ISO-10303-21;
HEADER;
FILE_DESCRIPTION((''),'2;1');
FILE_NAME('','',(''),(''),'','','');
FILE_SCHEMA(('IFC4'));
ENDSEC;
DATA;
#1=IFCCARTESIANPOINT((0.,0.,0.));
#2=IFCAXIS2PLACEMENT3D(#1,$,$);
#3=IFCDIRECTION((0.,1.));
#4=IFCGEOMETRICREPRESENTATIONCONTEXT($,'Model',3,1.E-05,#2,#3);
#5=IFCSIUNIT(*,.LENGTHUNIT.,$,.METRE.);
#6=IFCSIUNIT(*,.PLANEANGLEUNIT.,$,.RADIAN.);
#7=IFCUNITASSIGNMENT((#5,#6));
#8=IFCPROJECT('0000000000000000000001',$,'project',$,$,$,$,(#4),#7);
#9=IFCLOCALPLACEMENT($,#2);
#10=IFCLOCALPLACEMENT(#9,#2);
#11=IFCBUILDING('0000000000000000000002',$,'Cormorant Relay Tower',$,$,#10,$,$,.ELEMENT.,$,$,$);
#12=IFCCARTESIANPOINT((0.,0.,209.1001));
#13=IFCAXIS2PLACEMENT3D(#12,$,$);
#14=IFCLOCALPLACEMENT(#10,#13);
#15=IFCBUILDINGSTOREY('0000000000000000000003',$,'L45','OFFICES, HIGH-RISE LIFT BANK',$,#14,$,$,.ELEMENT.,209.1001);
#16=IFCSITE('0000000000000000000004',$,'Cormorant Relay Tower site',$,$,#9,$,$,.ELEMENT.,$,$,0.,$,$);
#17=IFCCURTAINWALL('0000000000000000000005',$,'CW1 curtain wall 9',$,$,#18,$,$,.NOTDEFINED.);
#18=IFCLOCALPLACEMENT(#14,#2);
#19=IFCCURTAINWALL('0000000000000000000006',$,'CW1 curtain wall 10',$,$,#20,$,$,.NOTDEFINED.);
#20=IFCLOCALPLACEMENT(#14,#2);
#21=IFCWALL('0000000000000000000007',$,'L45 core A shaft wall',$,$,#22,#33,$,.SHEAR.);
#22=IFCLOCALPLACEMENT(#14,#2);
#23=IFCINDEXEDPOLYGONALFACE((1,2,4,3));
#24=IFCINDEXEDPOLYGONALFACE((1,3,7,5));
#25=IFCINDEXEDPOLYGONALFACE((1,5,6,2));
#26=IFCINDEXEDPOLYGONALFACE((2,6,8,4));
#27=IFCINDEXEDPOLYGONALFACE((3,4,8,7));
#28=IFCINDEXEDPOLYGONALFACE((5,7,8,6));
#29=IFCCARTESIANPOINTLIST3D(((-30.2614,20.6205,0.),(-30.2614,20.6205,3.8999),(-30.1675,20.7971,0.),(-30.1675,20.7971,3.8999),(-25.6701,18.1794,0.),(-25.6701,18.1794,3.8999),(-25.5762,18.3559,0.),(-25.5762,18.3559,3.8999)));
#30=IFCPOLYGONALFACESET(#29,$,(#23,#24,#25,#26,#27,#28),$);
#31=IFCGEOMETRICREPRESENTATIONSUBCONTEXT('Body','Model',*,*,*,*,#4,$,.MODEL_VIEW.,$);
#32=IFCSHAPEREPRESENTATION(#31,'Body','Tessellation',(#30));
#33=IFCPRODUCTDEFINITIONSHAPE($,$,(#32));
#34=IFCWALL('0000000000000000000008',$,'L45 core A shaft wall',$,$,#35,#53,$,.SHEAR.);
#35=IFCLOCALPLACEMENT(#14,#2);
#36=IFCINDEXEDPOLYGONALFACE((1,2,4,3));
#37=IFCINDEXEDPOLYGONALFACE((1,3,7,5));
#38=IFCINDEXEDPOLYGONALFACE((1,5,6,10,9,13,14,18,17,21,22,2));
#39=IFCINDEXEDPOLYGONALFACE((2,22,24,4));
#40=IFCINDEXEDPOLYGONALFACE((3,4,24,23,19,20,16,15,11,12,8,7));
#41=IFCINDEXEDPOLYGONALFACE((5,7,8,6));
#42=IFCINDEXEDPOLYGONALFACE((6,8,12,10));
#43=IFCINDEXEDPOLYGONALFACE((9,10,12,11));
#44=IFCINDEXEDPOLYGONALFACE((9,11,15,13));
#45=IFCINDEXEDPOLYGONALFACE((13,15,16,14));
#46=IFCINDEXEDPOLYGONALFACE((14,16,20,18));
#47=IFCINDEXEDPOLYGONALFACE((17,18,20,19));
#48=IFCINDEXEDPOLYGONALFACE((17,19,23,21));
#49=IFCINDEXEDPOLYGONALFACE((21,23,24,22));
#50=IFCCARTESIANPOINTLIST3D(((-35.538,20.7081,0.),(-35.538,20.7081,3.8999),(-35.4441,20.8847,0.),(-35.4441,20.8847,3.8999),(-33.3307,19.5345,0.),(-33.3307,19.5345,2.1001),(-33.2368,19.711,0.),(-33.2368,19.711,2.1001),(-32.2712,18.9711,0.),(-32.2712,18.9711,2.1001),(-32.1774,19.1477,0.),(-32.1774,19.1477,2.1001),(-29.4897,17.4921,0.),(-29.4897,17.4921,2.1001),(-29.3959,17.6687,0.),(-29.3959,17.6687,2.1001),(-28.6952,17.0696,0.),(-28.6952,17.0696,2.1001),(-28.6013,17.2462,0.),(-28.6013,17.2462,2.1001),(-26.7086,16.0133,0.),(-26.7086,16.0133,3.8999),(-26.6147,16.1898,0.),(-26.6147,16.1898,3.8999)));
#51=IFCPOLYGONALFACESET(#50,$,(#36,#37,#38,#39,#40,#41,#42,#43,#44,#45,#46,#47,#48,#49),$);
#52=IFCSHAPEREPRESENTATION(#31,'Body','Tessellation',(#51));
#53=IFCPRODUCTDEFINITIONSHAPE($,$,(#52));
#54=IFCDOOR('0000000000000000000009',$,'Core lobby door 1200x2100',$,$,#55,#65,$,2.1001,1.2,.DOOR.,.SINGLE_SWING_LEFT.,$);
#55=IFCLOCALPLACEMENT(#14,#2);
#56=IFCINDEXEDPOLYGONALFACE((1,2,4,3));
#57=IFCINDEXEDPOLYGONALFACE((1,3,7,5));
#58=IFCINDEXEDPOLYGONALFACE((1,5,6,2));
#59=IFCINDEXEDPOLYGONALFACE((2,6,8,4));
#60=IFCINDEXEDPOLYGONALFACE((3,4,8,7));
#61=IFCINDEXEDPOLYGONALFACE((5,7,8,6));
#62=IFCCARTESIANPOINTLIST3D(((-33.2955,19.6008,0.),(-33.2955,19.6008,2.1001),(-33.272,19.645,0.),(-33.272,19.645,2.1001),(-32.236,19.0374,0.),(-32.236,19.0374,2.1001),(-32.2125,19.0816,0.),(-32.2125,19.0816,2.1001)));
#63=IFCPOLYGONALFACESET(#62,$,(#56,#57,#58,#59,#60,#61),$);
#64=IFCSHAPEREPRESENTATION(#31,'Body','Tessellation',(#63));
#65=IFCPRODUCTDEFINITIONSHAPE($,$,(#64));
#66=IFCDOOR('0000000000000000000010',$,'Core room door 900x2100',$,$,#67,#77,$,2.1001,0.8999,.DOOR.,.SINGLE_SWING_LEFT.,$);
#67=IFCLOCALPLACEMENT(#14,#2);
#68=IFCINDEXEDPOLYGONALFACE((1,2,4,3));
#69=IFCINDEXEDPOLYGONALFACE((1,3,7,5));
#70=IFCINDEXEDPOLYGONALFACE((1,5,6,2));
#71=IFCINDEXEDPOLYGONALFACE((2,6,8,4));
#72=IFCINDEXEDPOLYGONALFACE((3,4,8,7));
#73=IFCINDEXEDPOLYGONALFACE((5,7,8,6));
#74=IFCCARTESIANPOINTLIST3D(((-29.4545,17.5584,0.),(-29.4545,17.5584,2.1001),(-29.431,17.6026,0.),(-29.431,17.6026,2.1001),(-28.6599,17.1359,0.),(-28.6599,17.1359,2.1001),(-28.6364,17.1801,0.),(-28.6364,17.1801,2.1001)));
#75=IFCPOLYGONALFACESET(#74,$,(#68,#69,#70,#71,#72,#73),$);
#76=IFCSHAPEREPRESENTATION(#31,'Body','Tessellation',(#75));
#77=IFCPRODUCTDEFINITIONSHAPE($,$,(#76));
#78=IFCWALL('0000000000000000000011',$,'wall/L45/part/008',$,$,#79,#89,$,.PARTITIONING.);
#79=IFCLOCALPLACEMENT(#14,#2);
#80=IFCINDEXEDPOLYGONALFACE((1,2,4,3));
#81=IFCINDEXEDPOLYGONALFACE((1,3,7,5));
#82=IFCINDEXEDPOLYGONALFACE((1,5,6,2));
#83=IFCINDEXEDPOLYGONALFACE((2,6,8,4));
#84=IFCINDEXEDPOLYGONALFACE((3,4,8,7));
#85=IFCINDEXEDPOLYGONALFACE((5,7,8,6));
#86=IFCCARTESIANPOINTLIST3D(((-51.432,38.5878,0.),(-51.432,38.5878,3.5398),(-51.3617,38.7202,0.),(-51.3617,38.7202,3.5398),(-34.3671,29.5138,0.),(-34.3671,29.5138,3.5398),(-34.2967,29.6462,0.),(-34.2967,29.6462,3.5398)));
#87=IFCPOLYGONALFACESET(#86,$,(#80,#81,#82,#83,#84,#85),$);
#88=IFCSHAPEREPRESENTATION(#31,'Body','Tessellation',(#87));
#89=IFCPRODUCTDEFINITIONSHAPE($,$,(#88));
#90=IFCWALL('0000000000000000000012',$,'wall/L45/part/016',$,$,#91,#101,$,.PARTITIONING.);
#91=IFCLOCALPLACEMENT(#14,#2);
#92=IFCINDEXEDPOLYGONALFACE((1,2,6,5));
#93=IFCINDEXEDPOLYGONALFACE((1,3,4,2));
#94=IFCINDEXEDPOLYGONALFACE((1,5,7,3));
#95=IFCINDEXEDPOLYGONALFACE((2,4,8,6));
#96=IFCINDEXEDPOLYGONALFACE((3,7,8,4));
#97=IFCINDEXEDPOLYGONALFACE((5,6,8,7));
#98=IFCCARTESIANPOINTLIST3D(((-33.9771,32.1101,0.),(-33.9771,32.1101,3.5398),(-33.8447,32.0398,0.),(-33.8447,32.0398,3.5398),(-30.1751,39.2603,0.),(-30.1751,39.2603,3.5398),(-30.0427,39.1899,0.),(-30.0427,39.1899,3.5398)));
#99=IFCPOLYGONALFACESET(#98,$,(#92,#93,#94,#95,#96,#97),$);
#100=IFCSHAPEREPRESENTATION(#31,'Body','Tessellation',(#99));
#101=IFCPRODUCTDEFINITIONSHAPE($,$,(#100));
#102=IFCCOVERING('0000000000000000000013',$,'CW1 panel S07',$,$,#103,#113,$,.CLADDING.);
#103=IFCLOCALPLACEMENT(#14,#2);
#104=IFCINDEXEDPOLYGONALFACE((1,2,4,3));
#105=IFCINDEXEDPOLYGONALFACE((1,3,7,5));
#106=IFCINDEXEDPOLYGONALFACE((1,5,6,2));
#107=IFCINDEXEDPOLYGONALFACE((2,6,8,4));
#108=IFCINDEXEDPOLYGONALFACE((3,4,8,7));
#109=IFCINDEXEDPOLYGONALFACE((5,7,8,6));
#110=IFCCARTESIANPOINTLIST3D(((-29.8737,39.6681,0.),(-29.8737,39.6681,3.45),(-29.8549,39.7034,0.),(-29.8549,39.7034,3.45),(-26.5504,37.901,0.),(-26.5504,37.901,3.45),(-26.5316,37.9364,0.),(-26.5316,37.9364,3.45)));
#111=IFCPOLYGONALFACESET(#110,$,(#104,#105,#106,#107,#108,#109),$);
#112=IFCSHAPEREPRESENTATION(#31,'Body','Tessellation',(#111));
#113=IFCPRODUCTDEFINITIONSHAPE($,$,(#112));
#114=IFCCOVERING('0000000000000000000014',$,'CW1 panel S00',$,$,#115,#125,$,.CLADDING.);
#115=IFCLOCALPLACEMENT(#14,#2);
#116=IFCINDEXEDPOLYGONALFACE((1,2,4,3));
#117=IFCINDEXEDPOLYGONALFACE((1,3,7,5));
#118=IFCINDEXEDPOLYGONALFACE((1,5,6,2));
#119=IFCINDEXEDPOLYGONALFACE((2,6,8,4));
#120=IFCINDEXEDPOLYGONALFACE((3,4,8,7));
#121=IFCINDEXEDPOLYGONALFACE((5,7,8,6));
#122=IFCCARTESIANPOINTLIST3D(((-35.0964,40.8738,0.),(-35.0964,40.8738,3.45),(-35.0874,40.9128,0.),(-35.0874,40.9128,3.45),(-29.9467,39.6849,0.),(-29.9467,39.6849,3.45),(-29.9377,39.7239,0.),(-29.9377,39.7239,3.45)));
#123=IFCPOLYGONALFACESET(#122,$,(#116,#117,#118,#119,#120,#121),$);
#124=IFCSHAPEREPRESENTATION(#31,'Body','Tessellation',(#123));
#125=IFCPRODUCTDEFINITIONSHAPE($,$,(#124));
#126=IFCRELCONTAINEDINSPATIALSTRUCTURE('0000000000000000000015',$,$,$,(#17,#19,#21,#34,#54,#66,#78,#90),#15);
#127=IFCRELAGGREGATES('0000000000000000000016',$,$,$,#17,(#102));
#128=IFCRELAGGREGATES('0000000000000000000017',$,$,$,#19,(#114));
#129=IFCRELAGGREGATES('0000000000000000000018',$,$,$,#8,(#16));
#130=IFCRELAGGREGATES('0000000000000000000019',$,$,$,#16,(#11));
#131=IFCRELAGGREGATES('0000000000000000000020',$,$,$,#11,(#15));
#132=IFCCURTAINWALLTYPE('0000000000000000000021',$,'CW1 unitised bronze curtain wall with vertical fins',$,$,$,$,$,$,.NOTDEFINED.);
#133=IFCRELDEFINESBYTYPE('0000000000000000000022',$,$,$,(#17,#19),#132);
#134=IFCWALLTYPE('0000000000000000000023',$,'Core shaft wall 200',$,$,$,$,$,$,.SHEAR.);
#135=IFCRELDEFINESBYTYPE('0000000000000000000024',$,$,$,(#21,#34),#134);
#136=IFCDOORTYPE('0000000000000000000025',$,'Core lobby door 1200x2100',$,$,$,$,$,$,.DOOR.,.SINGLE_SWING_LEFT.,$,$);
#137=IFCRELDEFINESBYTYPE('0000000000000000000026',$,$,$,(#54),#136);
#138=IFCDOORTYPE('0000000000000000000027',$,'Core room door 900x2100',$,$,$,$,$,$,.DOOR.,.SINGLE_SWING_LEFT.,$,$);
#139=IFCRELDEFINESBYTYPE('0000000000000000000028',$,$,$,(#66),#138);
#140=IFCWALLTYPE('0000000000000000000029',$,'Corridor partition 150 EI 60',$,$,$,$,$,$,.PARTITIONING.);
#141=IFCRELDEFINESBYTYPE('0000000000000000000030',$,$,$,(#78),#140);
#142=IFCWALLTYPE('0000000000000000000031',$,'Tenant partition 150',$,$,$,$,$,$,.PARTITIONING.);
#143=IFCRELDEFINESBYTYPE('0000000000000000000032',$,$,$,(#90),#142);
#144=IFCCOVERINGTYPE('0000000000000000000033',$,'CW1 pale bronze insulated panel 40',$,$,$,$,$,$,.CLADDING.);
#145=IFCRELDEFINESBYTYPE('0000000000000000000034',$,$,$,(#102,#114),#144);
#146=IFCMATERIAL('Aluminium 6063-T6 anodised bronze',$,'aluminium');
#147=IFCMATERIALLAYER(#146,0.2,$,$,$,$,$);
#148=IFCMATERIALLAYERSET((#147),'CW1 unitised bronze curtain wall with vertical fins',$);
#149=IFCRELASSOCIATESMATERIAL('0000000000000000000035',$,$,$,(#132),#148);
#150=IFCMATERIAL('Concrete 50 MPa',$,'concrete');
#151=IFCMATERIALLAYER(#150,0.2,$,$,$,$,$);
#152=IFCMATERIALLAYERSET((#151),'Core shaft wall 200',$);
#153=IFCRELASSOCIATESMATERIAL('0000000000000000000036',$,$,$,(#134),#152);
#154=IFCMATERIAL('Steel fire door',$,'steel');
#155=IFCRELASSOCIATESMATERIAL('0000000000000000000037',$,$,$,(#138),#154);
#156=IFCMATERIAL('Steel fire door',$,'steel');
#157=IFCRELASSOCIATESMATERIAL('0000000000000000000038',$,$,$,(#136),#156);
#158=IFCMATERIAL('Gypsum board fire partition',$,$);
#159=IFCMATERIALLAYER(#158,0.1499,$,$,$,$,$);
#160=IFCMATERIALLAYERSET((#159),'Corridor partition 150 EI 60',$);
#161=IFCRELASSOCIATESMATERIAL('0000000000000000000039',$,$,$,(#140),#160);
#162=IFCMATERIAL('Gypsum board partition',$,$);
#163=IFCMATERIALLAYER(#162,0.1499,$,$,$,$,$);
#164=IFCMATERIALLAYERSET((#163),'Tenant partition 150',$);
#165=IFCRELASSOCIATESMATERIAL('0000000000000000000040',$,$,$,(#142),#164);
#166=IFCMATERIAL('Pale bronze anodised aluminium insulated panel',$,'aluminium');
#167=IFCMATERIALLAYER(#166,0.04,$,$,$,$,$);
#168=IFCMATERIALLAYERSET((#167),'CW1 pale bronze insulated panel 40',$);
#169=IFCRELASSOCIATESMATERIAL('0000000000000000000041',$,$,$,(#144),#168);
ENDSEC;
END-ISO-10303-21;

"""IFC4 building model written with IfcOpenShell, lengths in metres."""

from ifc_helpers import new_model, si_unit, direction, frame, frame_2d, origin, origin_2d, place, context, subcontext, project, spatial, rectangle, extrude, material, layer, layer_set, type_object, element, fill, aggregate, save


model = new_model("IFC4")

# Units and contexts
model_context = context("Model", 3, precision=1e-05, world=origin(), true_north=direction((0.0, 1.0)))
body_context = subcontext(model_context, "Body", "Model", "MODEL_VIEW")
ifc_project = project(units=[si_unit("LENGTHUNIT", "METRE"), si_unit("PLANEANGLEUNIT", "RADIAN")], contexts=[model_context])

# Site, building, storey
site_placement = place(None, origin())
site = spatial("IfcSite", under=ifc_project, at=site_placement, Name="Cormorant Relay Tower site", CompositionType="ELEMENT", RefElevation=0.0)
building_placement = place(site_placement, origin())
building = spatial("IfcBuilding", under=site, at=building_placement, Name="Cormorant Relay Tower", CompositionType="ELEMENT")
storey_placement = place(building_placement, frame((0.0, 0.0, 209.1001)))
storey = spatial("IfcBuildingStorey", under=building, at=storey_placement, Name="L45", Description="OFFICES, HIGH-RISE LIFT BANK", CompositionType="ELEMENT", Elevation=209.1001)

# Curtain wall
ifc_material_1 = material(Name="Aluminium 6063-T6 anodised bronze", Category="aluminium")
ifc_layer_1 = layer(ifc_material_1, 0.2)
ifc_layer_set_1 = layer_set([ifc_layer_1], Name="CW1 unitised bronze curtain wall with vertical fins")
curtain_wall_type = type_object("IfcCurtainWallType", Name="CW1 unitised bronze curtain wall with vertical fins", PredefinedType="NOTDEFINED", material=ifc_layer_set_1)
curtain_wall_1_placement = place(storey_placement, origin())
curtain_wall_1 = element("IfcCurtainWall", 1, at=curtain_wall_1_placement, inside=storey, type_object=curtain_wall_type, Name="CW1 curtain wall 9", PredefinedType="NOTDEFINED")

# Curtain wall
curtain_wall_2_placement = place(storey_placement, origin())
curtain_wall_2 = element("IfcCurtainWall", 2, at=curtain_wall_2_placement, inside=storey, type_object=curtain_wall_type, Name="CW1 curtain wall 10", PredefinedType="NOTDEFINED")

# Shared definitions
ifc_material_2 = material(Name="Concrete 50 MPa", Category="concrete")
ifc_layer_2 = layer(ifc_material_2, 0.2)
ifc_layer_set_2 = layer_set([ifc_layer_2], Name="Core shaft wall 200")
wall_type_1 = type_object("IfcWallType", Name="Core shaft wall 200", PredefinedType="SHEAR", material=ifc_layer_set_2)
ifc_material_3 = material(Name="Steel fire door", Category="steel")
door_type_1 = type_object("IfcDoorType", Name="Core room door 900x2100", OperationType="SINGLE_SWING_LEFT", PredefinedType="DOOR", material=ifc_material_3)

# Wall
wall_1_placement = place(storey_placement, frame((-25.623, 18.2676, 0.0), z_axis=(0.0, 0.0, 1.0), x_axis=(-0.882954, 0.46946, 0.0)))
element("IfcWall", 3, at=wall_1_placement, inside=storey, type_object=wall_type_1, Name="L45 core A shaft wall", PredefinedType="SHEAR", context=body_context, shape_type="SweptSolid", body=[
    extrude(rectangle(XDim=5.2, YDim=0.2, at=frame_2d((2.6001, 0.0))), origin(), (0.0, 0.0, 1.0), 3.8999),
])

# Wall, openings, doors
wall_2_placement = place(storey_placement, frame((-26.6616, 16.1016, 0.0), z_axis=(0.0, 0.0, 1.0), x_axis=(-0.88294, 0.469485, 0.0)))
wall_2 = element("IfcWall", 4, at=wall_2_placement, inside=storey, type_object=wall_type_1, Name="L45 core A shaft wall", PredefinedType="SHEAR", context=body_context, shape_type="SweptSolid", body=[
    extrude(rectangle(XDim=10.0, YDim=0.2, at=frame_2d((5.0, 0.0))), origin(), (0.0, 0.0, 1.0), 3.8999),
])
opening_1_placement = place(wall_2_placement, frame((6.3, 0.0, 0.0)))
opening_1 = element("IfcOpeningElement", 5, at=opening_1_placement, cuts=wall_2, PredefinedType="OPENING", context=body_context, shape_type="SweptSolid", body=[
    extrude(rectangle(XDim=1.2, YDim=2.1001, at=frame_2d((0.6001, 1.05))), frame((0.0, 0.1099, 0.0), z_axis=(0.0, -1.0, 0.0), x_axis=(1.0, 0.0, 0.0)), (0.0, 0.0, 1.0), 0.22),
])
opening_2_placement = place(wall_2_placement, frame((2.25, 0.0, 0.0)))
opening_2 = element("IfcOpeningElement", 6, at=opening_2_placement, cuts=wall_2, PredefinedType="OPENING", context=body_context, shape_type="SweptSolid", body=[
    extrude(rectangle(XDim=0.8999, YDim=2.1001, at=frame_2d((0.45, 1.05))), frame((0.0, 0.1099, 0.0), z_axis=(0.0, -1.0, 0.0), x_axis=(1.0, 0.0, 0.0)), (0.0, 0.0, 1.0), 0.22),
])
ifc_material_4 = material(Name="Steel fire door", Category="steel")
door_type_2 = type_object("IfcDoorType", Name="Core lobby door 1200x2100", OperationType="SINGLE_SWING_LEFT", PredefinedType="DOOR", material=ifc_material_4)
door_1_placement = place(opening_1_placement, origin())
door_1 = element("IfcDoor", 7, at=door_1_placement, inside=storey, type_object=door_type_2, Name="Core lobby door 1200x2100", OperationType="SINGLE_SWING_LEFT", OverallHeight=2.1001, OverallWidth=1.2, PredefinedType="DOOR", context=body_context, shape_type="SweptSolid", body=[
    extrude(rectangle(XDim=1.2, YDim=2.1001, at=frame_2d((0.6001, 1.05))), frame((0.0, 0.0249, 0.0), z_axis=(0.0, -1.0, 0.0), x_axis=(1.0, 0.0, 0.0)), (0.0, 0.0, 1.0), 0.05),
])
fill(opening_1, door_1)
door_2_placement = place(opening_2_placement, origin())
door_2 = element("IfcDoor", 8, at=door_2_placement, inside=storey, type_object=door_type_1, Name="Core room door 900x2100", OperationType="SINGLE_SWING_LEFT", OverallHeight=2.1001, OverallWidth=0.8999, PredefinedType="DOOR", context=body_context, shape_type="SweptSolid", body=[
    extrude(rectangle(XDim=0.8999, YDim=2.1001, at=frame_2d((0.45, 1.05))), frame((0.0, 0.0249, 0.0), z_axis=(0.0, -1.0, 0.0), x_axis=(1.0, 0.0, 0.0)), (0.0, 0.0, 1.0), 0.05),
])
fill(opening_2, door_2)

# Walls
ifc_material_5 = material(Name="Gypsum board fire partition")
ifc_layer_3 = layer(ifc_material_5, 0.1499)
ifc_layer_set_3 = layer_set([ifc_layer_3], Name="Corridor partition 150 EI 60")
wall_type_2 = type_object("IfcWallType", Name="Corridor partition 150 EI 60", PredefinedType="PARTITIONING", material=ifc_layer_set_3)
wall_3_placement = place(storey_placement, frame((-34.332, 29.5801, 0.0), z_axis=(0.0, 0.0, 1.0), x_axis=(-0.882939, 0.469487, 0.0)))
element("IfcWall", 9, at=wall_3_placement, inside=storey, type_object=wall_type_2, Name="wall/L45/part/008", PredefinedType="PARTITIONING", context=body_context, shape_type="SweptSolid", body=[
    extrude(rectangle(XDim=19.3274, YDim=0.1499, at=frame_2d((9.6636, 0.0))), origin(), (0.0, 0.0, 1.0), 3.5398),
])
ifc_material_6 = material(Name="Gypsum board partition")
ifc_layer_4 = layer(ifc_material_6, 0.1499)
ifc_layer_set_4 = layer_set([ifc_layer_4], Name="Tenant partition 150")
wall_type_3 = type_object("IfcWallType", Name="Tenant partition 150", PredefinedType="PARTITIONING", material=ifc_layer_set_4)
wall_4_placement = place(storey_placement, frame((-30.1089, 39.2251, 0.0), z_axis=(0.0, 0.0, 1.0), x_axis=(-0.469491, -0.882937, 0.0)))
element("IfcWall", 10, at=wall_4_placement, inside=storey, type_object=wall_type_3, Name="wall/L45/part/016", PredefinedType="PARTITIONING", context=body_context, shape_type="SweptSolid", body=[
    extrude(rectangle(XDim=8.0981, YDim=0.1499, at=frame_2d((4.0491, 0.0))), origin(), (0.0, 0.0, 1.0), 3.5398),
])

# Coverings
ifc_material_7 = material(Name="Pale bronze anodised aluminium insulated panel", Category="aluminium")
ifc_layer_5 = layer(ifc_material_7, 0.04)
ifc_layer_set_5 = layer_set([ifc_layer_5], Name="CW1 pale bronze insulated panel 40")
covering_type = type_object("IfcCoveringType", Name="CW1 pale bronze insulated panel 40", PredefinedType="CLADDING", material=ifc_layer_set_5)
covering_1_placement = place(storey_placement, frame((-28.2026, 38.8022, 0.0), z_axis=(0.0, 0.0, 1.0), x_axis=(-0.882948, 0.469472, 0.0)))
covering_1 = element("IfcCovering", 11, at=covering_1_placement, type_object=covering_type, Name="CW1 panel S07", PredefinedType="CLADDING", context=body_context, shape_type="SweptSolid", body=[
    extrude(rectangle(XDim=3.7639, YDim=0.04, at=origin_2d()), origin(), (0.0, 0.0, 1.0), 3.45),
])
aggregate(curtain_wall_1, [covering_1])
covering_2_placement = place(storey_placement, frame((-32.5171, 40.2988, 0.0), z_axis=(0.0, 0.0, 1.0), x_axis=(-0.97437, 0.224951, 0.0)))
covering_2 = element("IfcCovering", 12, at=covering_2_placement, type_object=covering_type, Name="CW1 panel S00", PredefinedType="CLADDING", context=body_context, shape_type="SweptSolid", body=[
    extrude(rectangle(XDim=5.2852, YDim=0.04, at=origin_2d()), origin(), (0.0, 0.0, 1.0), 3.45),
])
aggregate(curtain_wall_2, [covering_2])

save(model, "model.ifc")
